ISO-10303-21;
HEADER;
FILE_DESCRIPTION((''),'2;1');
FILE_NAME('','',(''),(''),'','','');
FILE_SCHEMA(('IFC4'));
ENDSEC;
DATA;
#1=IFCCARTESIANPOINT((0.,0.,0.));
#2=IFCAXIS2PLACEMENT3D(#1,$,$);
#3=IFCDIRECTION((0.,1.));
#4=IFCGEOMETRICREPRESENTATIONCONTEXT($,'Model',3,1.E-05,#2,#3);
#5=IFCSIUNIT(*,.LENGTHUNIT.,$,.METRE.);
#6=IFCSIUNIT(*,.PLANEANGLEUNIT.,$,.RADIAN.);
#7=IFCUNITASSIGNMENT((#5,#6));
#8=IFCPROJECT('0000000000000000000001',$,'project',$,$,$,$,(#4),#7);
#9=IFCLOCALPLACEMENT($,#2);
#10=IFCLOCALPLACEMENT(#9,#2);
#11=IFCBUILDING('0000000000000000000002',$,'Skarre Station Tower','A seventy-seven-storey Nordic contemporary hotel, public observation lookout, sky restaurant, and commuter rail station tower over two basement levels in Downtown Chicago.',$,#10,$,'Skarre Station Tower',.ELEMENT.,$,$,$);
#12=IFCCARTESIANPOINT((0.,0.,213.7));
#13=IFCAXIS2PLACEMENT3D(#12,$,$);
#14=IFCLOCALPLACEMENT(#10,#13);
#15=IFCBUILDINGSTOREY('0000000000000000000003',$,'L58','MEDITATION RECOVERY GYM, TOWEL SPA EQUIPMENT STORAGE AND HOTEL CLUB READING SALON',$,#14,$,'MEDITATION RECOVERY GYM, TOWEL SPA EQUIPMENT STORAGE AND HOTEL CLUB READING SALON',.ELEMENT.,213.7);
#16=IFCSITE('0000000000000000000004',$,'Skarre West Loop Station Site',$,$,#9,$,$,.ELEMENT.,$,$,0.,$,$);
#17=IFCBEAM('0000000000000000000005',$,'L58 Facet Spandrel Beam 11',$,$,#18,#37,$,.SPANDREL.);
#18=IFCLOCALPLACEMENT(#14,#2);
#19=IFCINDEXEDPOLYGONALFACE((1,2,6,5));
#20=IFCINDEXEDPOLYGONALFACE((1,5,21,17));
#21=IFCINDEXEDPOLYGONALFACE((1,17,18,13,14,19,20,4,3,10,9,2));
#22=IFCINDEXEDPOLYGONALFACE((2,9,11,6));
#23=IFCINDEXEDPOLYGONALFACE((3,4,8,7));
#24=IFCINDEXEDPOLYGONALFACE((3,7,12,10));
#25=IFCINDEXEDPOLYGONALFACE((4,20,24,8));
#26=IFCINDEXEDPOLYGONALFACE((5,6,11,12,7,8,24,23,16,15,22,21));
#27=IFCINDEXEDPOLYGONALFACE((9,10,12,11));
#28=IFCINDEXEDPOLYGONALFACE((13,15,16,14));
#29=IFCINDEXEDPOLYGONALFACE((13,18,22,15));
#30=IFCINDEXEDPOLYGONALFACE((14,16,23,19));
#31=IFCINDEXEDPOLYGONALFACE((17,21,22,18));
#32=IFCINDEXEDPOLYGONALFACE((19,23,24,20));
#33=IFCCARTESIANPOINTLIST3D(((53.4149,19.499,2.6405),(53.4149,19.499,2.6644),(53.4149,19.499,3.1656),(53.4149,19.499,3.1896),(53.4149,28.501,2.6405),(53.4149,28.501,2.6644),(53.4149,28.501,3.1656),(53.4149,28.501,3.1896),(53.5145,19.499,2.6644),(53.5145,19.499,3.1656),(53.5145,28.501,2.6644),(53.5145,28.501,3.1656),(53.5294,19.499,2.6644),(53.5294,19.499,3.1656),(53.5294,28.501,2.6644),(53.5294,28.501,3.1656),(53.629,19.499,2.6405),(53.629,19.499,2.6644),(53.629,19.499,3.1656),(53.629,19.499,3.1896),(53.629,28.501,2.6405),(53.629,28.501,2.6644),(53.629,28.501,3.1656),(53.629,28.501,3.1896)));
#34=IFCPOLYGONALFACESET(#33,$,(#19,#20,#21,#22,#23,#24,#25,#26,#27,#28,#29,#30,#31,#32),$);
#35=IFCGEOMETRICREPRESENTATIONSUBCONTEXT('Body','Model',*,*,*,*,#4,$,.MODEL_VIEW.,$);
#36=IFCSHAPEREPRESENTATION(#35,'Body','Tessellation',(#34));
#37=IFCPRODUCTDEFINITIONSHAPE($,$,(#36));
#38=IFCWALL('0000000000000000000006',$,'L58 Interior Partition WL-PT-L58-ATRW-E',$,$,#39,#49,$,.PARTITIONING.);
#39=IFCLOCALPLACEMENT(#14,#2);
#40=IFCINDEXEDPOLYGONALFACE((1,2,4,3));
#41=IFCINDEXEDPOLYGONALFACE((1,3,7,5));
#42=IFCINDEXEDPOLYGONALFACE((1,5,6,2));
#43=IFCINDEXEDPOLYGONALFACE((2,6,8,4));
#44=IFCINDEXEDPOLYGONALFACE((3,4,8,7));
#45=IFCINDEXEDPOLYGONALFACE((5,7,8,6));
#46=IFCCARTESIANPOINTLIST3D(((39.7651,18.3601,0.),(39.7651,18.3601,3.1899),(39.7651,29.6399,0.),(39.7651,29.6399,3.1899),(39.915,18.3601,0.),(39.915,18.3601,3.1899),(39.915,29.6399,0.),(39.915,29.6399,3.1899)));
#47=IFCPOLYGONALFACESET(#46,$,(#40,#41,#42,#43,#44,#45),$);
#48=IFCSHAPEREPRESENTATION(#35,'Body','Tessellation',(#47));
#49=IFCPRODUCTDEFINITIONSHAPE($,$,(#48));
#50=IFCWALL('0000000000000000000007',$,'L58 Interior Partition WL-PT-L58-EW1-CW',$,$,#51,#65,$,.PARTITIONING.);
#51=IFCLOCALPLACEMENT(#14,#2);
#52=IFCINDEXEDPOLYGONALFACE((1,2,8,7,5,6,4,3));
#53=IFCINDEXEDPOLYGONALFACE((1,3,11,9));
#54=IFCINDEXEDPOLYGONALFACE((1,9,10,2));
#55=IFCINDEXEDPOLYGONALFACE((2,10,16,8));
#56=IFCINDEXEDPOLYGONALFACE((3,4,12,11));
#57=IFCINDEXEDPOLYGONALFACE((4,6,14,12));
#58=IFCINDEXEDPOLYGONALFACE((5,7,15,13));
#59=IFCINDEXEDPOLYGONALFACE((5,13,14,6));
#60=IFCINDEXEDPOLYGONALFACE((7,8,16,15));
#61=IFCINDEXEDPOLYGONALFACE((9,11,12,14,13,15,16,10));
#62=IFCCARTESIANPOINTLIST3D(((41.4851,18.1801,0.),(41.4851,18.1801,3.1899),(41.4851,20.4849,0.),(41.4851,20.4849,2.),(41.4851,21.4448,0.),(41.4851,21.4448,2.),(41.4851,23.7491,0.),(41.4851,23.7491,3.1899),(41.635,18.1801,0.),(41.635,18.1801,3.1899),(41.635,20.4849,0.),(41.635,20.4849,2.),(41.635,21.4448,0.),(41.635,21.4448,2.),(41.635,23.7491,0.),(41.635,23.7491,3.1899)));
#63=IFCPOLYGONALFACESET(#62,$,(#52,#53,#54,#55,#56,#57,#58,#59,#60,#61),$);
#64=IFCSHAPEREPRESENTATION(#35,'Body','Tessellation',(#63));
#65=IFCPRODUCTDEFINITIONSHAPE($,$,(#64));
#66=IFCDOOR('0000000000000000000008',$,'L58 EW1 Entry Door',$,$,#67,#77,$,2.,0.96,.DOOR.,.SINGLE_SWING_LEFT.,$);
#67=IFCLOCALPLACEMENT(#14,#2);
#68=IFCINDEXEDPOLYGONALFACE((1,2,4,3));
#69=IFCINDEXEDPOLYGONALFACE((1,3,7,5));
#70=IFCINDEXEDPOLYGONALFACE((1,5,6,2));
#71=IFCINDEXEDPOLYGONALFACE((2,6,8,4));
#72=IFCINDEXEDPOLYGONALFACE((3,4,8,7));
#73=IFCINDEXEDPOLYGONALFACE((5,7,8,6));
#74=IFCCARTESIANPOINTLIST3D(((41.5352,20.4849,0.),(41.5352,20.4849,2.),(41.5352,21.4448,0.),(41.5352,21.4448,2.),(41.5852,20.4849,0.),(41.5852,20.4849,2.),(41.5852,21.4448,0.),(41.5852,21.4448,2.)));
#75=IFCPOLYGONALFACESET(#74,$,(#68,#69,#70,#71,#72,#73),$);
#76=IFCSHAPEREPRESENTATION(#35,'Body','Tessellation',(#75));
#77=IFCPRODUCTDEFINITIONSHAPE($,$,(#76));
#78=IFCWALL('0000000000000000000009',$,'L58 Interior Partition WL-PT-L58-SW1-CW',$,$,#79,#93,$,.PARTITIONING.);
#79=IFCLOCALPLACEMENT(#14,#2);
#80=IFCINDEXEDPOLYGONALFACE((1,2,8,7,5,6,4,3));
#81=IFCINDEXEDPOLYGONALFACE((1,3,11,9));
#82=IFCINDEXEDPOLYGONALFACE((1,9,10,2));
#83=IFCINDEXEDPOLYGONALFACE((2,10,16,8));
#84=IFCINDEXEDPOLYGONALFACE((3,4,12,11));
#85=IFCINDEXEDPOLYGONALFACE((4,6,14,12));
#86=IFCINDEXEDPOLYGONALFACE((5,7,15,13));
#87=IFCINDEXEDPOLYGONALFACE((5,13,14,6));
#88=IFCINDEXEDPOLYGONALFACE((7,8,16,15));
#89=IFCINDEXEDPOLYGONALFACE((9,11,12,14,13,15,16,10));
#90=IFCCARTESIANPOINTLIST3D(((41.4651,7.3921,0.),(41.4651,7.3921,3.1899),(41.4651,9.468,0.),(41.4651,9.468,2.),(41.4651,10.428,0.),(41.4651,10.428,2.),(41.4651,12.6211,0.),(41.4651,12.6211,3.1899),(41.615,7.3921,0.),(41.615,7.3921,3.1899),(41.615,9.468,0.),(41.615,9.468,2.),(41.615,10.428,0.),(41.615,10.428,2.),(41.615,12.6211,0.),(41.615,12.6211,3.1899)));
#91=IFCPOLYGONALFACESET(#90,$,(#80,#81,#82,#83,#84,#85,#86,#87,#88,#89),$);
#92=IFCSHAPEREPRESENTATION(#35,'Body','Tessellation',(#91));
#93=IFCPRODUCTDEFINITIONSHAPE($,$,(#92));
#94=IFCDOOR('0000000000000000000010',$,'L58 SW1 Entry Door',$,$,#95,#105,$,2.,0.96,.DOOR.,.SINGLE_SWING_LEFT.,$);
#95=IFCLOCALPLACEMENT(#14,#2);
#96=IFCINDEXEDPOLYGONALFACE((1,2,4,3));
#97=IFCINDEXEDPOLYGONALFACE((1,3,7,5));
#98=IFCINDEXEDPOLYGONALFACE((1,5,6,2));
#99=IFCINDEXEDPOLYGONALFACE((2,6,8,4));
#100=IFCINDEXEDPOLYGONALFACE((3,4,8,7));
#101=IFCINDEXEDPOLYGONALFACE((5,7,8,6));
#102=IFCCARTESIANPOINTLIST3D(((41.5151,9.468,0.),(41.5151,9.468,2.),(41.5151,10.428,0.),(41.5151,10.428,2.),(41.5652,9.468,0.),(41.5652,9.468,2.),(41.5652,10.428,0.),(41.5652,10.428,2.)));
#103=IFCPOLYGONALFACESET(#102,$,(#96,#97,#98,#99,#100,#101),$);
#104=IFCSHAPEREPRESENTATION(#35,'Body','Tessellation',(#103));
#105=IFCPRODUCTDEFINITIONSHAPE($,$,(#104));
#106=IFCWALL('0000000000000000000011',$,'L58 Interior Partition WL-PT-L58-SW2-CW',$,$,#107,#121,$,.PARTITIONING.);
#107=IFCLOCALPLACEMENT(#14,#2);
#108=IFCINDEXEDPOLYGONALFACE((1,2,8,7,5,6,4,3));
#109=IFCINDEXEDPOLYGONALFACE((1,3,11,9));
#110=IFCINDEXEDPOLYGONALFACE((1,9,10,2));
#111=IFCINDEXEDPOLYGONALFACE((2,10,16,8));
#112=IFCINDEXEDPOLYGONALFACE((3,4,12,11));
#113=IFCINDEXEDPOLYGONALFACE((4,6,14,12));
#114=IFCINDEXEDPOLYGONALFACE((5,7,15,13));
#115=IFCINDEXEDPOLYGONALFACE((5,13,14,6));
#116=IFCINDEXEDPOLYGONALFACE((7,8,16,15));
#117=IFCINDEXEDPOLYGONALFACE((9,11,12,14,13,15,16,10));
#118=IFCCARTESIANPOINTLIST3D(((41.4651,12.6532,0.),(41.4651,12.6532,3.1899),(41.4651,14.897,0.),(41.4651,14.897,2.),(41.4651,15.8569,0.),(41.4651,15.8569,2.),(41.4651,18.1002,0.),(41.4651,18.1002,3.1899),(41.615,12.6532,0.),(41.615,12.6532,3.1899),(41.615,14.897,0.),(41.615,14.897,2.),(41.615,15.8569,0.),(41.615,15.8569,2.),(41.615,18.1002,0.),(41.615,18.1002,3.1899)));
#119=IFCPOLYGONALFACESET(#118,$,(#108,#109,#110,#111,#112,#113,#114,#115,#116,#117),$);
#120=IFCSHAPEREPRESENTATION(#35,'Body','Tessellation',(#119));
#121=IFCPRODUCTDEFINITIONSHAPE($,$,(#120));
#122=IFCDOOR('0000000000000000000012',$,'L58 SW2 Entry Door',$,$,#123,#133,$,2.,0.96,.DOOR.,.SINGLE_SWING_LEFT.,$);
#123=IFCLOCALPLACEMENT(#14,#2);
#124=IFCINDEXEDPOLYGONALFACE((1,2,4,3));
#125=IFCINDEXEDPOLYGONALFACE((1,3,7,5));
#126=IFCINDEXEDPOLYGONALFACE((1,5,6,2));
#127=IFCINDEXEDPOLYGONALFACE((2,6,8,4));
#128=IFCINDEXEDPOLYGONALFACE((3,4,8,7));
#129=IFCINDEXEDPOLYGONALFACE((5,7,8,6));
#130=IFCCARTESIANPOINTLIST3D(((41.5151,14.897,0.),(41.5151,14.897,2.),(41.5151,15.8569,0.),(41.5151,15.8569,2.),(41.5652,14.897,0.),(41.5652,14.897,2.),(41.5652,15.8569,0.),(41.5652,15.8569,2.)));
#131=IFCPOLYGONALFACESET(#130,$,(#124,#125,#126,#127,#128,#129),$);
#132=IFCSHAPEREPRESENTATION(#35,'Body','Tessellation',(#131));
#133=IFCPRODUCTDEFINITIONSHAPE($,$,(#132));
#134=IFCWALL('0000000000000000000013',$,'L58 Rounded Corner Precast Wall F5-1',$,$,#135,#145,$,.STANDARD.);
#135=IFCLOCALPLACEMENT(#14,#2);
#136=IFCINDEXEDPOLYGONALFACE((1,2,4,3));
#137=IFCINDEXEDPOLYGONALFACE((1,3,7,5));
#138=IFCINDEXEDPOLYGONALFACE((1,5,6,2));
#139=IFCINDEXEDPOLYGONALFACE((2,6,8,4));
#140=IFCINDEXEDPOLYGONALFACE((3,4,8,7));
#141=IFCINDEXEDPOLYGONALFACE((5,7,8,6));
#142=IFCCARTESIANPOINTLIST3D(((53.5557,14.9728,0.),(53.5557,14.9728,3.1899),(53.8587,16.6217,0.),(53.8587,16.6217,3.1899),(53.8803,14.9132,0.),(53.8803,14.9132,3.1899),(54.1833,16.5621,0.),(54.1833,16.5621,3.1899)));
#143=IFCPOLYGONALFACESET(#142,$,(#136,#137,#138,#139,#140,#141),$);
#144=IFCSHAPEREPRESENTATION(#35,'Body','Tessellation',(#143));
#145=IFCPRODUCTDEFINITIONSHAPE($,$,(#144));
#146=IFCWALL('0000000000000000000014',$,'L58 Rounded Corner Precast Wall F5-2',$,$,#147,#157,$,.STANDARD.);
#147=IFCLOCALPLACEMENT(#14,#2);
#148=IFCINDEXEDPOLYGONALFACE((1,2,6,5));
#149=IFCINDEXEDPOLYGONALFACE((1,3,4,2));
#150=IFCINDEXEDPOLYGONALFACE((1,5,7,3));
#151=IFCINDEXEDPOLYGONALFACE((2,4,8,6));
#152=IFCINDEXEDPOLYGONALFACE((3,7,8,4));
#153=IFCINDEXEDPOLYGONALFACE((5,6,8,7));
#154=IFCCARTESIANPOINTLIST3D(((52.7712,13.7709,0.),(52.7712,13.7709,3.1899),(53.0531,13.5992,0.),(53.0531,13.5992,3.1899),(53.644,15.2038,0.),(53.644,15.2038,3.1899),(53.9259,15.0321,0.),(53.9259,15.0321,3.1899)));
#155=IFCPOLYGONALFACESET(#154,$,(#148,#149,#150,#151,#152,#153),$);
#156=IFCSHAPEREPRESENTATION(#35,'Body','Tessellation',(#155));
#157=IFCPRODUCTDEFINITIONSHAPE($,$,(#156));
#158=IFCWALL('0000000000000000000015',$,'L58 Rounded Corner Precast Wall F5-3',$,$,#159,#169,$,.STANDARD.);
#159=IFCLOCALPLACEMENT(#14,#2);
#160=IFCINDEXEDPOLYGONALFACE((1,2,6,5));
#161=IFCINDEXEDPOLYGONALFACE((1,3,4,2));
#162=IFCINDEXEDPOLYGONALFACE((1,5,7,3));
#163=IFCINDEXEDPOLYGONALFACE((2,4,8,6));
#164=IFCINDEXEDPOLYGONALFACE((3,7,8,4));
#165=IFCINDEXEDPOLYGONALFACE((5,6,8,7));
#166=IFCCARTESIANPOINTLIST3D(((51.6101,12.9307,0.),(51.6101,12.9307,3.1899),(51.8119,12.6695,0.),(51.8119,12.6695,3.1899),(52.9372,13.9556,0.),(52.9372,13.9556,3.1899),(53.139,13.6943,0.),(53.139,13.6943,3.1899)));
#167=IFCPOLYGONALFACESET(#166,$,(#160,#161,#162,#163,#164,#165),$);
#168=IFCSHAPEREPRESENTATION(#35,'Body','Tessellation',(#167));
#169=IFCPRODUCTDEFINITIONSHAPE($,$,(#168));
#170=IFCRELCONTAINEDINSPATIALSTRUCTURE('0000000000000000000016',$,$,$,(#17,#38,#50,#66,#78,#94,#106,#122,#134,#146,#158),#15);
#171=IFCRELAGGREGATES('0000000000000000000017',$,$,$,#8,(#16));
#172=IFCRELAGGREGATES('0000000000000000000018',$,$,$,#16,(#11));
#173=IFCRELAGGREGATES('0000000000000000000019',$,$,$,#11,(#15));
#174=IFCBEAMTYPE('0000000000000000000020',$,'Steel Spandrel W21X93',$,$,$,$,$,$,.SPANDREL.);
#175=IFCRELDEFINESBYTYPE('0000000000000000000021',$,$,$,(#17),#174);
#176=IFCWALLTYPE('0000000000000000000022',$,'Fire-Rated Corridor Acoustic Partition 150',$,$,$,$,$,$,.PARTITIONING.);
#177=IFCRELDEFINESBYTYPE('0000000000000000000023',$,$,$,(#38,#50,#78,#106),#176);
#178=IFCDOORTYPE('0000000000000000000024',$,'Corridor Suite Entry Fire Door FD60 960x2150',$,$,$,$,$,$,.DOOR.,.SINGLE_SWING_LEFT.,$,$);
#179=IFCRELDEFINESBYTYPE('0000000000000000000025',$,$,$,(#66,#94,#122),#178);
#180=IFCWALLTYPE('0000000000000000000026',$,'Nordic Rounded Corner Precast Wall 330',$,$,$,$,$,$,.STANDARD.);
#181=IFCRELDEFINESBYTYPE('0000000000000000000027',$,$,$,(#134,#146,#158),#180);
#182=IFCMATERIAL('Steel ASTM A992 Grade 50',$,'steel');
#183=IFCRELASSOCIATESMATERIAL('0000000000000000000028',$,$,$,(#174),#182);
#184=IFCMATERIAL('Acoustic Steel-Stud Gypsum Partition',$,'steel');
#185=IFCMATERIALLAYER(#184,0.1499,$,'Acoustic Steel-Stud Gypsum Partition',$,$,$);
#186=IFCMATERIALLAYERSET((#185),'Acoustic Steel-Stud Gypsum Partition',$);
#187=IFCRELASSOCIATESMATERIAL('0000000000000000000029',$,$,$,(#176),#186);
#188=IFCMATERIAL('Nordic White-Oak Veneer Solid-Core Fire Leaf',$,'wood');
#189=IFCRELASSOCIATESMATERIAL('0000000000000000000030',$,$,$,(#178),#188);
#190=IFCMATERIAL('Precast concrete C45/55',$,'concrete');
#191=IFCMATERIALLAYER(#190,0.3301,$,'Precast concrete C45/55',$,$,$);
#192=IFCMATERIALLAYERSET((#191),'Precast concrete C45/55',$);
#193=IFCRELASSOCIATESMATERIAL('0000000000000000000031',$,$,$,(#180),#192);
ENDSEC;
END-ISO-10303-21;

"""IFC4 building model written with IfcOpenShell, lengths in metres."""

from ifc_helpers import new_model, si_unit, direction, frame, frame_2d, origin, origin_2d, place, context, subcontext, project, spatial, rectangle, i_section, extrude, material, layer, layer_set, material_profile, profile_set, type_object, element, fill, save


model = new_model("IFC4")

# Units and contexts
model_context = context("Model", 3, precision=1e-05, world=origin(), true_north=direction((0.0, 1.0)))
body_context = subcontext(model_context, "Body", "Model", "MODEL_VIEW")
ifc_project = project(units=[si_unit("LENGTHUNIT", "METRE"), si_unit("PLANEANGLEUNIT", "RADIAN")], contexts=[model_context])

# Site, building, storey
site_placement = place(None, origin())
site = spatial("IfcSite", under=ifc_project, at=site_placement, Name="Skarre West Loop Station Site", CompositionType="ELEMENT", RefElevation=0.0)
building_placement = place(site_placement, origin())
building = spatial("IfcBuilding", under=site, at=building_placement, Name="Skarre Station Tower", Description="A seventy-seven-storey Nordic contemporary hotel, public observation lookout, sky restaurant, and commuter rail station tower over two basement levels in Downtown Chicago.", LongName="Skarre Station Tower", CompositionType="ELEMENT")
storey_placement = place(building_placement, frame((0.0, 0.0, 213.7)))
storey = spatial("IfcBuildingStorey", under=building, at=storey_placement, Name="L58", Description="MEDITATION RECOVERY GYM, TOWEL SPA EQUIPMENT STORAGE AND HOTEL CLUB READING SALON", LongName="MEDITATION RECOVERY GYM, TOWEL SPA EQUIPMENT STORAGE AND HOTEL CLUB READING SALON", CompositionType="ELEMENT", Elevation=213.7)

# Beam
ifc_material_1 = material(Name="Steel ASTM A992 Grade 50", Category="steel")
ifc_material_profile_1 = material_profile(ifc_material_1, i_section(OverallWidth=0.2141, OverallDepth=0.5491, WebThickness=0.0149, FlangeThickness=0.0239, at=origin_2d()), Name="Steel ASTM A992 Grade 50")
ifc_profile_set_1 = profile_set([ifc_material_profile_1], Name="Steel ASTM A992 Grade 50")
beam_type_1 = type_object("IfcBeamType", Name="Steel Spandrel W21X93", PredefinedType="SPANDREL", material=ifc_profile_set_1)
beam_1_placement = place(storey_placement, frame((53.522, 19.499, 2.915), z_axis=(0.0, 1.0, 0.0), x_axis=(-1.0, 0.0, 0.0)))
element("IfcBeam", 1, at=beam_1_placement, inside=storey, type_object=beam_type_1, Name="L58 Facet Spandrel Beam 11", PredefinedType="SPANDREL", context=body_context, shape_type="SweptSolid", body=[
    extrude(i_section(OverallWidth=0.2141, OverallDepth=0.5491, WebThickness=0.0149, FlangeThickness=0.0239, at=origin_2d()), origin(), (0.0, 0.0, 1.0), 9.002),
])

# Wall
ifc_material_2 = material(Name="Acoustic Steel-Stud Gypsum Partition", Category="steel")
ifc_layer_1 = layer(ifc_material_2, 0.1499, Name="Acoustic Steel-Stud Gypsum Partition")
ifc_layer_set_1 = layer_set([ifc_layer_1], Name="Acoustic Steel-Stud Gypsum Partition")
wall_type_1 = type_object("IfcWallType", Name="Fire-Rated Corridor Acoustic Partition 150", PredefinedType="PARTITIONING", material=ifc_layer_set_1)
wall_1_placement = place(storey_placement, frame((39.8401, 18.3601, 0.0), z_axis=(0.0, 0.0, 1.0), x_axis=(0.0, 1.0, 0.0)))
element("IfcWall", 2, at=wall_1_placement, inside=storey, type_object=wall_type_1, Name="L58 Interior Partition WL-PT-L58-ATRW-E", PredefinedType="PARTITIONING", context=body_context, shape_type="SweptSolid", body=[
    extrude(rectangle(XDim=11.2798, YDim=0.1499, at=frame_2d((5.6399, 0.0))), origin(), (0.0, 0.0, 1.0), 3.1899),
])

# Walls, openings, doors
wall_2_placement = place(storey_placement, frame((41.5601, 18.1799, 0.0), z_axis=(0.0, 0.0, 1.0), x_axis=(0.0, 1.0, 0.0)))
wall_2 = element("IfcWall", 3, at=wall_2_placement, inside=storey, type_object=wall_type_1, Name="L58 Interior Partition WL-PT-L58-EW1-CW", PredefinedType="PARTITIONING", context=body_context, shape_type="SweptSolid", body=[
    extrude(rectangle(XDim=5.5691, YDim=0.1499, at=frame_2d((2.7847, 0.0))), origin(), (0.0, 0.0, 1.0), 3.1899),
])
opening_1_placement = place(wall_2_placement, frame((2.3049, 0.0, 0.0)))
opening_1 = element("IfcOpeningElement", 4, at=opening_1_placement, cuts=wall_2, PredefinedType="OPENING", context=body_context, shape_type="SweptSolid", body=[
    extrude(rectangle(XDim=0.96, YDim=2.0, at=frame_2d((0.48, 1.0))), frame((0.0, 0.085, 0.0), z_axis=(0.0, -1.0, 0.0), x_axis=(1.0, 0.0, 0.0)), (0.0, 0.0, 1.0), 0.1699),
])
ifc_material_3 = material(Name="Nordic White-Oak Veneer Solid-Core Fire Leaf", Category="wood")
door_type = type_object("IfcDoorType", Name="Corridor Suite Entry Fire Door FD60 960x2150", OperationType="SINGLE_SWING_LEFT", PredefinedType="DOOR", material=ifc_material_3)
door_1_placement = place(opening_1_placement, origin())
door_1 = element("IfcDoor", 5, at=door_1_placement, inside=storey, type_object=door_type, Name="L58 EW1 Entry Door", OperationType="SINGLE_SWING_LEFT", OverallHeight=2.0, OverallWidth=0.96, PredefinedType="DOOR", context=body_context, shape_type="SweptSolid", body=[
    extrude(rectangle(XDim=0.96, YDim=2.0, at=frame_2d((0.48, 1.0))), frame((0.0, 0.0249, 0.0), z_axis=(0.0, -1.0, 0.0), x_axis=(1.0, 0.0, 0.0)), (0.0, 0.0, 1.0), 0.05),
])
fill(opening_1, door_1)
wall_3_placement = place(storey_placement, frame((41.54, 7.3921, 0.0), z_axis=(0.0, 0.0, 1.0), x_axis=(0.0, 1.0, 0.0)))
wall_3 = element("IfcWall", 6, at=wall_3_placement, inside=storey, type_object=wall_type_1, Name="L58 Interior Partition WL-PT-L58-SW1-CW", PredefinedType="PARTITIONING", context=body_context, shape_type="SweptSolid", body=[
    extrude(rectangle(XDim=5.229, YDim=0.1499, at=frame_2d((2.6145, 0.0))), origin(), (0.0, 0.0, 1.0), 3.1899),
])
opening_2_placement = place(wall_3_placement, frame((2.0759, 0.0, 0.0)))
opening_2 = element("IfcOpeningElement", 7, at=opening_2_placement, cuts=wall_3, PredefinedType="OPENING", context=body_context, shape_type="SweptSolid", body=[
    extrude(rectangle(XDim=0.96, YDim=2.0, at=frame_2d((0.48, 1.0))), frame((0.0, 0.085, 0.0), z_axis=(0.0, -1.0, 0.0), x_axis=(1.0, 0.0, 0.0)), (0.0, 0.0, 1.0), 0.1699),
])
door_2_placement = place(opening_2_placement, origin())
door_2 = element("IfcDoor", 8, at=door_2_placement, inside=storey, type_object=door_type, Name="L58 SW1 Entry Door", OperationType="SINGLE_SWING_LEFT", OverallHeight=2.0, OverallWidth=0.96, PredefinedType="DOOR", context=body_context, shape_type="SweptSolid", body=[
    extrude(rectangle(XDim=0.96, YDim=2.0, at=frame_2d((0.48, 1.0))), frame((0.0, 0.0249, 0.0), z_axis=(0.0, -1.0, 0.0), x_axis=(1.0, 0.0, 0.0)), (0.0, 0.0, 1.0), 0.05),
])
fill(opening_2, door_2)
wall_4_placement = place(storey_placement, frame((41.54, 12.6531, 0.0), z_axis=(0.0, 0.0, 1.0), x_axis=(0.0, 1.0, 0.0)))
wall_4 = element("IfcWall", 9, at=wall_4_placement, inside=storey, type_object=wall_type_1, Name="L58 Interior Partition WL-PT-L58-SW2-CW", PredefinedType="PARTITIONING", context=body_context, shape_type="SweptSolid", body=[
    extrude(rectangle(XDim=5.447, YDim=0.1499, at=frame_2d((2.7236, 0.0))), origin(), (0.0, 0.0, 1.0), 3.1899),
])
opening_3_placement = place(wall_4_placement, frame((2.2439, 0.0, 0.0)))
opening_3 = element("IfcOpeningElement", 10, at=opening_3_placement, cuts=wall_4, PredefinedType="OPENING", context=body_context, shape_type="SweptSolid", body=[
    extrude(rectangle(XDim=0.96, YDim=2.0, at=frame_2d((0.48, 1.0))), frame((0.0, 0.085, 0.0), z_axis=(0.0, -1.0, 0.0), x_axis=(1.0, 0.0, 0.0)), (0.0, 0.0, 1.0), 0.1699),
])
door_3_placement = place(opening_3_placement, origin())
door_3 = element("IfcDoor", 11, at=door_3_placement, inside=storey, type_object=door_type, Name="L58 SW2 Entry Door", OperationType="SINGLE_SWING_LEFT", OverallHeight=2.0, OverallWidth=0.96, PredefinedType="DOOR", context=body_context, shape_type="SweptSolid", body=[
    extrude(rectangle(XDim=0.96, YDim=2.0, at=frame_2d((0.48, 1.0))), frame((0.0, 0.0249, 0.0), z_axis=(0.0, -1.0, 0.0), x_axis=(1.0, 0.0, 0.0)), (0.0, 0.0, 1.0), 0.05),
])
fill(opening_3, door_3)

# Walls
ifc_material_4 = material(Name="Precast concrete C45/55", Category="concrete")
ifc_layer_2 = layer(ifc_material_4, 0.3301, Name="Precast concrete C45/55")
ifc_layer_set_2 = layer_set([ifc_layer_2], Name="Precast concrete C45/55")
wall_type_2 = type_object("IfcWallType", Name="Nordic Rounded Corner Precast Wall 330", PredefinedType="STANDARD", material=ifc_layer_set_2)
wall_5_placement = place(storey_placement, frame((54.021, 16.592, 0.0), z_axis=(0.0, 0.0, 1.0), x_axis=(-0.180718, -0.983535, 0.0)))
element("IfcWall", 12, at=wall_5_placement, inside=storey, type_object=wall_type_2, Name="L58 Rounded Corner Precast Wall F5-1", PredefinedType="STANDARD", context=body_context, shape_type="SweptSolid", body=[
    extrude(rectangle(XDim=1.6765, YDim=0.3301, at=frame_2d((0.8384, 0.0))), origin(), (0.0, 0.0, 1.0), 3.1899),
])
wall_6_placement = place(storey_placement, frame((53.7849, 15.1179, 0.0), z_axis=(0.0, 0.0, 1.0), x_axis=(-0.520219, -0.854033, 0.0)))
element("IfcWall", 13, at=wall_6_placement, inside=storey, type_object=wall_type_2, Name="L58 Rounded Corner Precast Wall F5-2", PredefinedType="STANDARD", context=body_context, shape_type="SweptSolid", body=[
    extrude(rectangle(XDim=1.6777, YDim=0.3301, at=frame_2d((0.8389, 0.0))), origin(), (0.0, 0.0, 1.0), 3.1899),
])
wall_7_placement = place(storey_placement, frame((53.0381, 13.825, 0.0), z_axis=(0.0, 0.0, 1.0), x_axis=(-0.791464, -0.611215, 0.0)))
element("IfcWall", 14, at=wall_7_placement, inside=storey, type_object=wall_type_2, Name="L58 Rounded Corner Precast Wall F5-3", PredefinedType="STANDARD", context=body_context, shape_type="SweptSolid", body=[
    extrude(rectangle(XDim=1.6768, YDim=0.3301, at=frame_2d((0.8384, 0.0))), origin(), (0.0, 0.0, 1.0), 3.1899),
])

save(model, "model.ifc")
